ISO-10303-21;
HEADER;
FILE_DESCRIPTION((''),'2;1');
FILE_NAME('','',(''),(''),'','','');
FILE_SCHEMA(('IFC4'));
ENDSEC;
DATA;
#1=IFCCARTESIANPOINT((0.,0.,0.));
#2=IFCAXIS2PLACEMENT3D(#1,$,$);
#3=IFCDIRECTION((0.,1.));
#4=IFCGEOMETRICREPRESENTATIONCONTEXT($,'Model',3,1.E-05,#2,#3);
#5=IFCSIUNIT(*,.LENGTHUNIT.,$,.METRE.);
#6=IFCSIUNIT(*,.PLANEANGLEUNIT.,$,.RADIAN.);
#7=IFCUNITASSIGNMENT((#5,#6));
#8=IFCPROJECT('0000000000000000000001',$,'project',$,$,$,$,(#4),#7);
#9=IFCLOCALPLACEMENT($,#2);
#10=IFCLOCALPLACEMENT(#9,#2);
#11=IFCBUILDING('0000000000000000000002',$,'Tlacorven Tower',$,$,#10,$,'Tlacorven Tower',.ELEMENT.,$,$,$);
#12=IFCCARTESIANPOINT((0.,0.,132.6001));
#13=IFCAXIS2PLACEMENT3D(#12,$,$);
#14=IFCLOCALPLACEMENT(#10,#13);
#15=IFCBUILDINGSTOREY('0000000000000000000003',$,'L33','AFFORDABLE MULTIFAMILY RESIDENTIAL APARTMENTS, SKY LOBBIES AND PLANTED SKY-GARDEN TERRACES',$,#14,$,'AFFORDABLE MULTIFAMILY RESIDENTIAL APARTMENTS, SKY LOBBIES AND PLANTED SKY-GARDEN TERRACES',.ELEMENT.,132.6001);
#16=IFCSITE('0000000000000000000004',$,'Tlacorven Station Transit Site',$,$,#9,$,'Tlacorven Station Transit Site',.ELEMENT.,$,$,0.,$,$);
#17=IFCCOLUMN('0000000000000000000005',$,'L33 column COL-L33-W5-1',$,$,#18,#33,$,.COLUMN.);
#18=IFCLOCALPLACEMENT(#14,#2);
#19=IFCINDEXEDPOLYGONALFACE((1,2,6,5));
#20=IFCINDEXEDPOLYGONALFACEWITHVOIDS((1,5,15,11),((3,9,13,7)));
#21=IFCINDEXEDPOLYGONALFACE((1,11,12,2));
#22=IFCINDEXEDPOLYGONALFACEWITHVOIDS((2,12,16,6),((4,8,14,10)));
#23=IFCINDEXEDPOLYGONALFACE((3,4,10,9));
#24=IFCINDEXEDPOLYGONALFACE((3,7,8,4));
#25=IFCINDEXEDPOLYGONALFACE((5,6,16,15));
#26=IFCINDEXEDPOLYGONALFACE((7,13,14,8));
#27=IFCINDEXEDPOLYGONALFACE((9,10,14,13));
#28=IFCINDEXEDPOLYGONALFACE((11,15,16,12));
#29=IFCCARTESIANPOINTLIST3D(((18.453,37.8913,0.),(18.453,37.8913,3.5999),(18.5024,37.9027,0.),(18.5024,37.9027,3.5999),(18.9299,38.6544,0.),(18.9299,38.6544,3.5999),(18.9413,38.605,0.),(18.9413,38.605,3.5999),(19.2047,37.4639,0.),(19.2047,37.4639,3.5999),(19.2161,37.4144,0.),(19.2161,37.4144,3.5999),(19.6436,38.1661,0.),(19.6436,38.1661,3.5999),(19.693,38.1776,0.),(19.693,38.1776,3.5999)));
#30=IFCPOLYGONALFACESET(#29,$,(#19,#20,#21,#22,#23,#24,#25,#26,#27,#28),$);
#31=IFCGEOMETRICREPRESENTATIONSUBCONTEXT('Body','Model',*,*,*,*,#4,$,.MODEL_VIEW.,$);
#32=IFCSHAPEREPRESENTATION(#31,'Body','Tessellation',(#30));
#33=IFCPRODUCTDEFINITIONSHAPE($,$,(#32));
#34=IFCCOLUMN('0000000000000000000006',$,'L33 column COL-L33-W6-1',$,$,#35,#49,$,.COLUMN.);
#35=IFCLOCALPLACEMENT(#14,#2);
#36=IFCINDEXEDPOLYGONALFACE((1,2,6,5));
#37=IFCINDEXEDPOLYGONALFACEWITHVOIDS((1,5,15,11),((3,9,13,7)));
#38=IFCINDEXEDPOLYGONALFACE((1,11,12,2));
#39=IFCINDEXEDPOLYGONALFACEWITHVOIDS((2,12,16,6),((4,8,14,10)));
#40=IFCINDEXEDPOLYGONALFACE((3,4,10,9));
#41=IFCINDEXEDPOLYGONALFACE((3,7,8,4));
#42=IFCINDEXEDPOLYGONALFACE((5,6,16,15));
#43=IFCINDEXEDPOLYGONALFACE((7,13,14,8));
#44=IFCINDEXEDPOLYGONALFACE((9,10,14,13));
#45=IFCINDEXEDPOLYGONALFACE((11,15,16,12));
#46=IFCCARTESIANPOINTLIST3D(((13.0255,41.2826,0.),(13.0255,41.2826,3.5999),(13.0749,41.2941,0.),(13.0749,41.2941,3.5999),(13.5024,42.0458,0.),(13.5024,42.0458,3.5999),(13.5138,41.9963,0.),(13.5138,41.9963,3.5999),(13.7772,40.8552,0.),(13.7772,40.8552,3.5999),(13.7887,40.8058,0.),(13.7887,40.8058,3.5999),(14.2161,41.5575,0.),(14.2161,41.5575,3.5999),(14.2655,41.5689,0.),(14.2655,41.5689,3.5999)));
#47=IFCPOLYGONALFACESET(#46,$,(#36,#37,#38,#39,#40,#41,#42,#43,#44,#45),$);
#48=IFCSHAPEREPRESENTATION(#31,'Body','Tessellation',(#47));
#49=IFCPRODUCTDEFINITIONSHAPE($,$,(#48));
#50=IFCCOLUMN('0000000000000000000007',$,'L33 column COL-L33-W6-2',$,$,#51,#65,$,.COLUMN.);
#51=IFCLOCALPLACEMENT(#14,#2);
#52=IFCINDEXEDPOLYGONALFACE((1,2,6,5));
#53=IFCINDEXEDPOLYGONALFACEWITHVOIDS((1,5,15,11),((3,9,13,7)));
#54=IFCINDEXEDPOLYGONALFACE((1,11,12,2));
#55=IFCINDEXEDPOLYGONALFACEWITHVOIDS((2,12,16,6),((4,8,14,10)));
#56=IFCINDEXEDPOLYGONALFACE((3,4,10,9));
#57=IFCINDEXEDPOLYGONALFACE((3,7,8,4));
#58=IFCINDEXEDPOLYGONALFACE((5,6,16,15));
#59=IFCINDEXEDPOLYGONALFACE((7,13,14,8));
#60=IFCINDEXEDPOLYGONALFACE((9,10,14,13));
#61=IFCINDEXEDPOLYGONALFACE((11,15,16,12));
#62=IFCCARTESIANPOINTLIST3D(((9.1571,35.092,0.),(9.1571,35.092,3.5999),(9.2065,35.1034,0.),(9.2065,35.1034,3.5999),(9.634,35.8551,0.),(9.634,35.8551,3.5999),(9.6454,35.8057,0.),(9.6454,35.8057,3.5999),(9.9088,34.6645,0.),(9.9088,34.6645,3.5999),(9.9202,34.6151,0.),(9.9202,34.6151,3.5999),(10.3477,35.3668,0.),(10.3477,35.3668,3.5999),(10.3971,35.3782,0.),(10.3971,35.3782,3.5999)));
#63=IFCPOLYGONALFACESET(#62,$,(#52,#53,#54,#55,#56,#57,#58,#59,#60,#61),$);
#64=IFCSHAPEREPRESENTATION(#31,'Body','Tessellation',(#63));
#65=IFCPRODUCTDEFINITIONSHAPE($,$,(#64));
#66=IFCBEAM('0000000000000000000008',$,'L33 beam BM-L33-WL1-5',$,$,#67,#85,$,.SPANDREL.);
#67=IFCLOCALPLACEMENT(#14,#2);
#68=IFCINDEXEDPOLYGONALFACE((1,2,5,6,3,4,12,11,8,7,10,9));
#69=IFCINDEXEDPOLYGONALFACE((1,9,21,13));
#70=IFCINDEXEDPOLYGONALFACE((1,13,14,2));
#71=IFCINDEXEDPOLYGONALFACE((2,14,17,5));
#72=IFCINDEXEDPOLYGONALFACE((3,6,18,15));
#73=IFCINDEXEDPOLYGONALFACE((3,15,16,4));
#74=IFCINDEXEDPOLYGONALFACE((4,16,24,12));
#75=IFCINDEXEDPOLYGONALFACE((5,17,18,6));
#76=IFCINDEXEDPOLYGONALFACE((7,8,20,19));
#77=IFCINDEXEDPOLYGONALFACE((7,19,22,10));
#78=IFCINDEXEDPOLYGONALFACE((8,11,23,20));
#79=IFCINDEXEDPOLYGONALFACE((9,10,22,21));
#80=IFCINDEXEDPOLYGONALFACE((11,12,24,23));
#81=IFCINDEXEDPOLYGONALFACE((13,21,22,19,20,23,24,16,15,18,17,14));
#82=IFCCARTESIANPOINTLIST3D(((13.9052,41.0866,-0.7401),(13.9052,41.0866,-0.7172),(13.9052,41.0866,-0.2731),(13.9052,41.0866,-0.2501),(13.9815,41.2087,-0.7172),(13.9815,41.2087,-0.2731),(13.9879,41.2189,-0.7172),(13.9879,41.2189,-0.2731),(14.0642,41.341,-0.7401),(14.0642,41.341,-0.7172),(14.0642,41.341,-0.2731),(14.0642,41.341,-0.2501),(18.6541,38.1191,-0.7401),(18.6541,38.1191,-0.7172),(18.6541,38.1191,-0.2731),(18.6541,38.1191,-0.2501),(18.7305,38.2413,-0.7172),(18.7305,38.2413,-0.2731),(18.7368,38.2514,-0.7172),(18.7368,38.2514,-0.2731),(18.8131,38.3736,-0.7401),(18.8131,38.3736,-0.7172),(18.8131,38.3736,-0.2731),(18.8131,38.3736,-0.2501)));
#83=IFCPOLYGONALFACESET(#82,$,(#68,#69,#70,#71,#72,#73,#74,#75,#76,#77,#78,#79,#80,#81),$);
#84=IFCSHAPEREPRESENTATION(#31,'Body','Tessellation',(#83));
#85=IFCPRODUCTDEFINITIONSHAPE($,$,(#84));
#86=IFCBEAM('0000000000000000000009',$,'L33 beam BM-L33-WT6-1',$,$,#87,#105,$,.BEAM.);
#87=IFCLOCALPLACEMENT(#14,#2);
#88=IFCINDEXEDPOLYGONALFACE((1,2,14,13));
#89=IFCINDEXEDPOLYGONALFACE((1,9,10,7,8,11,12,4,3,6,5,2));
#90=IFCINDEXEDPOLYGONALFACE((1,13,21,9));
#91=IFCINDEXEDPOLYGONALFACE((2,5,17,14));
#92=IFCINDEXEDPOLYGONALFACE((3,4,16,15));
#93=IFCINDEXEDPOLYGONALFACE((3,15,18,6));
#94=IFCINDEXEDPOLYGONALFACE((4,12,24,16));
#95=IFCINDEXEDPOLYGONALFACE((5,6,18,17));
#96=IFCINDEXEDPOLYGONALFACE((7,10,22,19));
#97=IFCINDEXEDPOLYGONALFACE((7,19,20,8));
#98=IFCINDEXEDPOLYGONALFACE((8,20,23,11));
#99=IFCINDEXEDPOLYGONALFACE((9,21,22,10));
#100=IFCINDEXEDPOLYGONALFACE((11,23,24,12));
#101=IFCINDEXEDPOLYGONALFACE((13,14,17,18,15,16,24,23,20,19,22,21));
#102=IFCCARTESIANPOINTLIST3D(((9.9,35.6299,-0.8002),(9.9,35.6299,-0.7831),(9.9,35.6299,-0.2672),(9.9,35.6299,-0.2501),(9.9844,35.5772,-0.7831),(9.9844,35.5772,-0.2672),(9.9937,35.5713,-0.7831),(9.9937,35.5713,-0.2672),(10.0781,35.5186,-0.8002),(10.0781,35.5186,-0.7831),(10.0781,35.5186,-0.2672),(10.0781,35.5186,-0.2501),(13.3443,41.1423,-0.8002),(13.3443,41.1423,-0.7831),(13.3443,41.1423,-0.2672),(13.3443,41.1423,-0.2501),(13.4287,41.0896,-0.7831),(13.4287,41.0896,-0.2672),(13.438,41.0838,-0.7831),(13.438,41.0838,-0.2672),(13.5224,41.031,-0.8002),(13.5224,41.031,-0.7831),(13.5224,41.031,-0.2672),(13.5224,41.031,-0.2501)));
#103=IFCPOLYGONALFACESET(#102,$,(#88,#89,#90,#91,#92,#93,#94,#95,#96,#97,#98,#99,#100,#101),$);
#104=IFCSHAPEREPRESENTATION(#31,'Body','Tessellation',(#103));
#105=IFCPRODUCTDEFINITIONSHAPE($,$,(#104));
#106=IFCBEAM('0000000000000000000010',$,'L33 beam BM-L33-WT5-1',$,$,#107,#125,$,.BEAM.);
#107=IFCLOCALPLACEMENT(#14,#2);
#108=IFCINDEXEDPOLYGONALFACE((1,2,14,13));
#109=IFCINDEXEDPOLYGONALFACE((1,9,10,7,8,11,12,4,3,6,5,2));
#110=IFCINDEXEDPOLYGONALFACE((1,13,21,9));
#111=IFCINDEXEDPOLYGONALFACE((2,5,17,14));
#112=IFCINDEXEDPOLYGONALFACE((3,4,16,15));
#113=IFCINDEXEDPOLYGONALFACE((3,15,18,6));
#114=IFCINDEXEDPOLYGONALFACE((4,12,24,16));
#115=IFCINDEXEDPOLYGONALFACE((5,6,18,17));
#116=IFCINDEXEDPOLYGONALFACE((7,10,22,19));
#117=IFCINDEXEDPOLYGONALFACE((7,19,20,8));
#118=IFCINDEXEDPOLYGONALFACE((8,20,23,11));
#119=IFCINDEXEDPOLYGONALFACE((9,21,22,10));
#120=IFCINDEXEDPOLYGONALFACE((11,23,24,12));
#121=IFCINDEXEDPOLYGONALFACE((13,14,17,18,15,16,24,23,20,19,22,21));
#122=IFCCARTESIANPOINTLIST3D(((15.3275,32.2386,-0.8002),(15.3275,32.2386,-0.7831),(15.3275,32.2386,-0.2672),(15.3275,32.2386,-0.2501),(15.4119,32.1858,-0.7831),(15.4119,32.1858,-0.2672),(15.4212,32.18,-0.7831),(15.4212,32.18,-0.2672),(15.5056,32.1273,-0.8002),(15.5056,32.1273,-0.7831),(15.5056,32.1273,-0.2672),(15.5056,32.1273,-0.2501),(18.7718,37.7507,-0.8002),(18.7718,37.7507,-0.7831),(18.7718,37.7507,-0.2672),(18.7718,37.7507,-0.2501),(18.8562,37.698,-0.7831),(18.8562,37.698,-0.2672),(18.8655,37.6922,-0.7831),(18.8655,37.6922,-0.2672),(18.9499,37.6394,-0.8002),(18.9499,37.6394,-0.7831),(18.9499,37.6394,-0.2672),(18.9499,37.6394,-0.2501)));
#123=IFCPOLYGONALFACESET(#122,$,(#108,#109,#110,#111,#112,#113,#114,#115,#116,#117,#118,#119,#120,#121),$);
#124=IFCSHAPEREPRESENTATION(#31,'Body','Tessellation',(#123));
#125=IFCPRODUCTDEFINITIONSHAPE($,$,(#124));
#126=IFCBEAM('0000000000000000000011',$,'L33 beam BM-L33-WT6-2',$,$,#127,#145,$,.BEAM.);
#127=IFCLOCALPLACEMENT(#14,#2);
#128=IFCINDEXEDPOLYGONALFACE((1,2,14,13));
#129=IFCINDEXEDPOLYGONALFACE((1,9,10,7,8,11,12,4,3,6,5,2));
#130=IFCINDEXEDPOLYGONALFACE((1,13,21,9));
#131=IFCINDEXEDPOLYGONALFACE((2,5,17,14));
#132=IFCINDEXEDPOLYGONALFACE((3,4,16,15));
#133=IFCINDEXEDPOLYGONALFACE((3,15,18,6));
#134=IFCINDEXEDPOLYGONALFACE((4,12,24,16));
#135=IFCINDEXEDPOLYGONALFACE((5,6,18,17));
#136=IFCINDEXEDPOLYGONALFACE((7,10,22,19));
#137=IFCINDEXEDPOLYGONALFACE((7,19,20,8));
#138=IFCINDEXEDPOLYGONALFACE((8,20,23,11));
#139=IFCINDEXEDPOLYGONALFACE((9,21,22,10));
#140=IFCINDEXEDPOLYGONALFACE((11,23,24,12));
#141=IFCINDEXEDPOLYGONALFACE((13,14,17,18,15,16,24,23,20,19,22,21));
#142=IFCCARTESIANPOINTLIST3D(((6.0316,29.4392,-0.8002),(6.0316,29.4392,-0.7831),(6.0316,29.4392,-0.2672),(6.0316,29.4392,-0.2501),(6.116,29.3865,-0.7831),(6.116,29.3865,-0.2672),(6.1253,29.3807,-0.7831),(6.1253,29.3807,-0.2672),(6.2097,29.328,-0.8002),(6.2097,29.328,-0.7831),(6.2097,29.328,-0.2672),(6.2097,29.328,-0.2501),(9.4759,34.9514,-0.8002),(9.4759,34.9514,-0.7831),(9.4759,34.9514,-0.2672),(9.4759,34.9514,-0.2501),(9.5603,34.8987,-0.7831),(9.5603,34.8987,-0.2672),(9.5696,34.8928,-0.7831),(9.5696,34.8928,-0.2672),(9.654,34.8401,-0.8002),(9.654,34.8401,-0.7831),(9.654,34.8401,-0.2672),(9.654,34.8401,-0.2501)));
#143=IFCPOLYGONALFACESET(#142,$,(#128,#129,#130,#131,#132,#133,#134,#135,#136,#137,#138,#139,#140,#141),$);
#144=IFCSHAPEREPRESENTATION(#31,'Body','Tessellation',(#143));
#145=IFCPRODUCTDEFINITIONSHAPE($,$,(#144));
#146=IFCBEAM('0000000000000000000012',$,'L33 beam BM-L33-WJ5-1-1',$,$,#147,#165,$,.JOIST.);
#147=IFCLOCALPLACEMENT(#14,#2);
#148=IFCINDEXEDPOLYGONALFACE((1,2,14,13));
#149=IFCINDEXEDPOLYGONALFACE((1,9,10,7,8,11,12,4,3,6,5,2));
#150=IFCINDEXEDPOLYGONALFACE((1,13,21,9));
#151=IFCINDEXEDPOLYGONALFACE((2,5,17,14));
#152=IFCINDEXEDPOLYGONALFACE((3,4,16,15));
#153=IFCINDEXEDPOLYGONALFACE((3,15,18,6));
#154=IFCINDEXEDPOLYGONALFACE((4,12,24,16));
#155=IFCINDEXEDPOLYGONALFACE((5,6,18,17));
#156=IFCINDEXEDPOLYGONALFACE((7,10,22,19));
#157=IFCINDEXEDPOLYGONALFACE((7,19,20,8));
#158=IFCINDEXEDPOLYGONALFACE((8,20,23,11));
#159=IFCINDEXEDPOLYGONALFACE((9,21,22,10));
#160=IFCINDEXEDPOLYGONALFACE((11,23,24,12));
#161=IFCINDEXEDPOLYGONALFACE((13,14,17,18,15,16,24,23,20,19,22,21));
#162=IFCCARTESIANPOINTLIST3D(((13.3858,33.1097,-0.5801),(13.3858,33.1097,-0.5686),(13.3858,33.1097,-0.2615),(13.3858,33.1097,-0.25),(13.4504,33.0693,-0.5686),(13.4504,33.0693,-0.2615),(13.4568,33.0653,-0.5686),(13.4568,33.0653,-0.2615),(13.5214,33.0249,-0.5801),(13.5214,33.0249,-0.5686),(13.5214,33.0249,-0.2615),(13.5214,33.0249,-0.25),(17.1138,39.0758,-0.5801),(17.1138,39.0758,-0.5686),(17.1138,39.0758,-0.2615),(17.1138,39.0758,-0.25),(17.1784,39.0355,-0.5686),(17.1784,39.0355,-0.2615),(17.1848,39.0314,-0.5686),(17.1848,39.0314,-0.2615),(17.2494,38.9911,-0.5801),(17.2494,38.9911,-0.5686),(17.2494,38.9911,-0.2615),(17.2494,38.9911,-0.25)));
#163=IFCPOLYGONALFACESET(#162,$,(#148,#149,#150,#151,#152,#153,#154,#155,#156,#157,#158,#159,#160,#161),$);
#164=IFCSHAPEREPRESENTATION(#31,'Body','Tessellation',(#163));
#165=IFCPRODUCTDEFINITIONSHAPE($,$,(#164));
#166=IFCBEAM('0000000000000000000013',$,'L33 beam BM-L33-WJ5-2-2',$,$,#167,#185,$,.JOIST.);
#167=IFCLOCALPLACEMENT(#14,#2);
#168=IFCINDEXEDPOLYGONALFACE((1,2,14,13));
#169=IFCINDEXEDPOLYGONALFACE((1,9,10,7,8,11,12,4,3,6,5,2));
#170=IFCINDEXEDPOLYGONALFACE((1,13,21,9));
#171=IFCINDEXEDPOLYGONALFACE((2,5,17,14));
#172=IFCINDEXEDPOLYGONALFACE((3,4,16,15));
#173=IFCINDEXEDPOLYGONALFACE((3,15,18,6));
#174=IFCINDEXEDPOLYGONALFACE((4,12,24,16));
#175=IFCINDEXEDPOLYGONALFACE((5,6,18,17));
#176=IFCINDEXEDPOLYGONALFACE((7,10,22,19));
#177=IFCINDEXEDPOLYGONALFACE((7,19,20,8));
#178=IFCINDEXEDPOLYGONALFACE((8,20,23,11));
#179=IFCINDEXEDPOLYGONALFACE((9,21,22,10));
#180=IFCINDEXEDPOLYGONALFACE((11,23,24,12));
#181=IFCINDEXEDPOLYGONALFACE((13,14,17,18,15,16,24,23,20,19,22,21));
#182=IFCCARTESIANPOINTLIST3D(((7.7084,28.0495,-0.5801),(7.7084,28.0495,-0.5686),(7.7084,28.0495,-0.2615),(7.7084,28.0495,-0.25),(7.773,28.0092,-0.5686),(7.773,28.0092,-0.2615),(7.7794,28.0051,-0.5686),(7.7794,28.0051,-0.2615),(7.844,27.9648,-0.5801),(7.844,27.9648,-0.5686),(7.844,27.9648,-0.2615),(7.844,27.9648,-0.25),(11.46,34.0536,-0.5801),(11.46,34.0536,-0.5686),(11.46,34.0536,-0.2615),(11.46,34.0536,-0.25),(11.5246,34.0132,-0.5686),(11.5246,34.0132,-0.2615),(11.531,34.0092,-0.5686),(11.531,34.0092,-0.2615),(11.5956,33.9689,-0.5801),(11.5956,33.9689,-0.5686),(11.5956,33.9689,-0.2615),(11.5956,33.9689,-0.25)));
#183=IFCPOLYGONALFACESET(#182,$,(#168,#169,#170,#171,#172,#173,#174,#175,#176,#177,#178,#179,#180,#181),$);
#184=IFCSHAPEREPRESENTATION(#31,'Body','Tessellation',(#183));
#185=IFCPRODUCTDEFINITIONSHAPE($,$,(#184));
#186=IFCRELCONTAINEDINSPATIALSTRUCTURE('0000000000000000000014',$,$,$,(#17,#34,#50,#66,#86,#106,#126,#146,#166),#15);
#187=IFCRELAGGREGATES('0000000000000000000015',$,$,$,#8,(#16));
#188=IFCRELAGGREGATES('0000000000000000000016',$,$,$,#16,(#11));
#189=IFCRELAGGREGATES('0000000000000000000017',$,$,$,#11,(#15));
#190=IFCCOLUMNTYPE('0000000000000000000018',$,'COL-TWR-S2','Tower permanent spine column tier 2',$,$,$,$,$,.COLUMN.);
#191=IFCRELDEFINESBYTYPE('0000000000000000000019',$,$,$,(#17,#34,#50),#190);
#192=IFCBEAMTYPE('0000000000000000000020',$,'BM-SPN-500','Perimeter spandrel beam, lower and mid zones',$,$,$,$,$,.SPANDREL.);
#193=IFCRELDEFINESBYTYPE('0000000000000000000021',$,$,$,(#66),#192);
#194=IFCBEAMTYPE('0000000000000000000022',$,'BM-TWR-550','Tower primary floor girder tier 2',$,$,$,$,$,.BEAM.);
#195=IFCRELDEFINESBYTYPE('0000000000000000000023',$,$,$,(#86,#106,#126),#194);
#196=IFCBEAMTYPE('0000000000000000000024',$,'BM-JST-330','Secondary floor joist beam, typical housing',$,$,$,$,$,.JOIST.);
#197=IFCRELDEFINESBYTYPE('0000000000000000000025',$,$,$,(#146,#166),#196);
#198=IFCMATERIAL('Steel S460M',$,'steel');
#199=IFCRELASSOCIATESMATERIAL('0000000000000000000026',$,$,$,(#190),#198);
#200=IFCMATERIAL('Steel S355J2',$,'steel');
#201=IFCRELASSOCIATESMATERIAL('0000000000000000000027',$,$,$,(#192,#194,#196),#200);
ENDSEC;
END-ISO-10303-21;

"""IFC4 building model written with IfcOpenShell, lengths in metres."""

from ifc_helpers import new_model, si_unit, direction, frame, origin, origin_2d, place, context, subcontext, project, spatial, hollow_rectangle, i_section, extrude, source, transform, mapped, material, material_profile, profile_set, type_object, element, save


model = new_model("IFC4")

# Units and contexts
model_context = context("Model", 3, precision=1e-05, world=origin(), true_north=direction((0.0, 1.0)))
body_context = subcontext(model_context, "Body", "Model", "MODEL_VIEW")
ifc_project = project(units=[si_unit("LENGTHUNIT", "METRE"), si_unit("PLANEANGLEUNIT", "RADIAN")], contexts=[model_context])

# Site, building, storey
site_placement = place(None, origin())
site = spatial("IfcSite", under=ifc_project, at=site_placement, Name="Tlacorven Station Transit Site", LongName="Tlacorven Station Transit Site", CompositionType="ELEMENT", RefElevation=0.0)
building_placement = place(site_placement, origin())
building = spatial("IfcBuilding", under=site, at=building_placement, Name="Tlacorven Tower", LongName="Tlacorven Tower", CompositionType="ELEMENT")
storey_placement = place(building_placement, frame((0.0, 0.0, 132.6001)))
storey = spatial("IfcBuildingStorey", under=building, at=storey_placement, Name="L33", Description="AFFORDABLE MULTIFAMILY RESIDENTIAL APARTMENTS, SKY LOBBIES AND PLANTED SKY-GARDEN TERRACES", LongName="AFFORDABLE MULTIFAMILY RESIDENTIAL APARTMENTS, SKY LOBBIES AND PLANTED SKY-GARDEN TERRACES", CompositionType="ELEMENT", Elevation=132.6001)

# Columns
ifc_material_1 = material(Name="Steel S460M", Category="steel")
ifc_material_profile_1 = material_profile(ifc_material_1, hollow_rectangle(XDim=0.8999, YDim=0.8999, WallThickness=0.0359, at=origin_2d()), Name="BOX 900X900X36")
ifc_profile_set_1 = profile_set([ifc_material_profile_1], Name="Steel S460M")
column_type = type_object("IfcColumnType", Name="COL-TWR-S2", Description="Tower permanent spine column tier 2", PredefinedType="COLUMN", material=ifc_profile_set_1)
shared_shape_1 = source(origin(), body_context, "Body", "SweptSolid", [
    extrude(hollow_rectangle(XDim=0.8999, YDim=0.8999, WallThickness=0.0359, at=origin_2d()), origin(), (0.0, 0.0, 1.0), 3.5999),
])
for number, where, z_axis, x_axis, name in (
    (1, (19.073, 38.0344, 0.0), (0.0, 0.0, 1.0), (-0.848048, 0.529919, 0.0), "L33 column COL-L33-W5-1"),
    (2, (13.6455, 41.4258, 0.0), (0.0, 0.0, 1.0), (-0.848048, 0.529919, 0.0), "L33 column COL-L33-W6-1"),
    (3, (9.7771, 35.2351, 0.0), (0.0, 0.0, 1.0), (-0.848048, 0.529919, 0.0), "L33 column COL-L33-W6-2"),
):
    element("IfcColumn", number, at=place(storey_placement, frame(where, z_axis=z_axis, x_axis=x_axis)), inside=storey, type_object=column_type, Name=name, PredefinedType="COLUMN", context=body_context, shape_type="MappedRepresentation", body=[
        mapped(shared_shape_1, transform((0.0, 0.0, 0.0), scale=1.0)),
    ])

# Beams
ifc_material_2 = material(Name="Steel S355J2", Category="steel")
ifc_material_profile_2 = material_profile(ifc_material_2, i_section(OverallWidth=0.3, OverallDepth=0.49, WebThickness=0.012, FlangeThickness=0.0229, at=origin_2d()), Name="HEA 500")
ifc_profile_set_2 = profile_set([ifc_material_profile_2], Name="Steel S355J2")
beam_type_1 = type_object("IfcBeamType", Name="BM-SPN-500", Description="Perimeter spandrel beam, lower and mid zones", PredefinedType="SPANDREL", material=ifc_profile_set_2)
shared_shape_2 = source(origin(), body_context, "Body", "SweptSolid", [
    extrude(i_section(OverallWidth=0.3, OverallDepth=0.49, WebThickness=0.012, FlangeThickness=0.0229, at=origin_2d()), origin(), (0.0, 0.0, 1.0), 5.5999),
])
beam_1_placement = place(storey_placement, frame((18.7336, 38.2463, -0.4951), z_axis=(-0.848047, 0.529921, 0.0), x_axis=(-0.529921, -0.848047, 0.0)))
element("IfcBeam", 4, at=beam_1_placement, inside=storey, type_object=beam_type_1, Name="L33 beam BM-L33-WL1-5", PredefinedType="SPANDREL", context=body_context, shape_type="MappedRepresentation", body=[
    mapped(shared_shape_2, transform((0.0, 0.0, 0.0), scale=1.0)),
])
ifc_material_profile_3 = material_profile(ifc_material_2, i_section(OverallWidth=0.21, OverallDepth=0.55, WebThickness=0.011, FlangeThickness=0.0171, at=origin_2d()), Name="IPE 550")
ifc_profile_set_3 = profile_set([ifc_material_profile_3], Name="Steel S355J2")
beam_type_2 = type_object("IfcBeamType", Name="BM-TWR-550", Description="Tower primary floor girder tier 2", PredefinedType="BEAM", material=ifc_profile_set_3)
shared_shape_3 = source(origin(), body_context, "Body", "SweptSolid", [
    extrude(i_section(OverallWidth=0.21, OverallDepth=0.55, WebThickness=0.011, FlangeThickness=0.0171, at=origin_2d()), origin(), (0.0, 0.0, 1.0), 6.5),
])
beam_2_placement = place(storey_placement, frame((13.4333, 41.0867, -0.5251), z_axis=(-0.529894, -0.848064, 0.0), x_axis=(0.848064, -0.529894, 0.0)))
element("IfcBeam", 5, at=beam_2_placement, inside=storey, type_object=beam_type_2, Name="L33 beam BM-L33-WT6-1", PredefinedType="BEAM", context=body_context, shape_type="MappedRepresentation", body=[
    mapped(shared_shape_3, transform((0.0, 0.0, 0.0), scale=1.0)),
])
shared_shape_4 = source(origin(), body_context, "Body", "SweptSolid", [
    extrude(i_section(OverallWidth=0.21, OverallDepth=0.55, WebThickness=0.011, FlangeThickness=0.0171, at=origin_2d()), origin(), (0.0, 0.0, 1.0), 6.4998),
])
for number, where, z_axis, x_axis, name in (
    (6, (18.8608, 37.6951, -0.5251), (-0.529911, -0.848053, 0.0), (0.848053, -0.529911, 0.0), "L33 beam BM-L33-WT5-1"),
    (7, (9.5649, 34.8958, -0.5251), (-0.529911, -0.848053, 0.0), (0.848053, -0.529911, 0.0), "L33 beam BM-L33-WT6-2"),
):
    element("IfcBeam", number, at=place(storey_placement, frame(where, z_axis=z_axis, x_axis=x_axis)), inside=storey, type_object=beam_type_2, Name=name, PredefinedType="BEAM", context=body_context, shape_type="MappedRepresentation", body=[
        mapped(shared_shape_4, transform((0.0, 0.0, 0.0), scale=1.0)),
    ])
ifc_material_profile_4 = material_profile(ifc_material_2, i_section(OverallWidth=0.1599, OverallDepth=0.3301, WebThickness=0.0076, FlangeThickness=0.0115, at=origin_2d()), Name="IPE 330")
ifc_profile_set_4 = profile_set([ifc_material_profile_4], Name="Steel S355J2")
beam_type_3 = type_object("IfcBeamType", Name="BM-JST-330", Description="Secondary floor joist beam, typical housing", PredefinedType="JOIST", material=ifc_profile_set_4)
shared_shape_5 = source(origin(), body_context, "Body", "SweptSolid", [
    extrude(i_section(OverallWidth=0.1599, OverallDepth=0.3301, WebThickness=0.0076, FlangeThickness=0.0115, at=origin_2d()), origin(), (0.0, 0.0, 1.0), 7.0352),
])
beam_3_placement = place(storey_placement, frame((17.1816, 39.0334, -0.415), z_axis=(-0.529921, -0.848047, 0.0), x_axis=(0.848047, -0.529921, 0.0)))
element("IfcBeam", 8, at=beam_3_placement, inside=storey, type_object=beam_type_3, Name="L33 beam BM-L33-WJ5-1-1", PredefinedType="JOIST", context=body_context, shape_type="MappedRepresentation", body=[
    mapped(shared_shape_5, transform((0.0, 0.0, 0.0), scale=1.0)),
])
shared_shape_6 = source(origin(), body_context, "Body", "SweptSolid", [
    extrude(i_section(OverallWidth=0.1599, OverallDepth=0.3301, WebThickness=0.0076, FlangeThickness=0.0115, at=origin_2d()), origin(), (0.0, 0.0, 1.0), 7.0798),
])
beam_4_placement = place(storey_placement, frame((11.5278, 34.0112, -0.415), z_axis=(-0.529909, -0.848054, 0.0), x_axis=(0.848054, -0.529909, 0.0)))
element("IfcBeam", 9, at=beam_4_placement, inside=storey, type_object=beam_type_3, Name="L33 beam BM-L33-WJ5-2-2", PredefinedType="JOIST", context=body_context, shape_type="MappedRepresentation", body=[
    mapped(shared_shape_6, transform((0.0, 0.0, 0.0), scale=1.0)),
])

save(model, "model.ifc")
